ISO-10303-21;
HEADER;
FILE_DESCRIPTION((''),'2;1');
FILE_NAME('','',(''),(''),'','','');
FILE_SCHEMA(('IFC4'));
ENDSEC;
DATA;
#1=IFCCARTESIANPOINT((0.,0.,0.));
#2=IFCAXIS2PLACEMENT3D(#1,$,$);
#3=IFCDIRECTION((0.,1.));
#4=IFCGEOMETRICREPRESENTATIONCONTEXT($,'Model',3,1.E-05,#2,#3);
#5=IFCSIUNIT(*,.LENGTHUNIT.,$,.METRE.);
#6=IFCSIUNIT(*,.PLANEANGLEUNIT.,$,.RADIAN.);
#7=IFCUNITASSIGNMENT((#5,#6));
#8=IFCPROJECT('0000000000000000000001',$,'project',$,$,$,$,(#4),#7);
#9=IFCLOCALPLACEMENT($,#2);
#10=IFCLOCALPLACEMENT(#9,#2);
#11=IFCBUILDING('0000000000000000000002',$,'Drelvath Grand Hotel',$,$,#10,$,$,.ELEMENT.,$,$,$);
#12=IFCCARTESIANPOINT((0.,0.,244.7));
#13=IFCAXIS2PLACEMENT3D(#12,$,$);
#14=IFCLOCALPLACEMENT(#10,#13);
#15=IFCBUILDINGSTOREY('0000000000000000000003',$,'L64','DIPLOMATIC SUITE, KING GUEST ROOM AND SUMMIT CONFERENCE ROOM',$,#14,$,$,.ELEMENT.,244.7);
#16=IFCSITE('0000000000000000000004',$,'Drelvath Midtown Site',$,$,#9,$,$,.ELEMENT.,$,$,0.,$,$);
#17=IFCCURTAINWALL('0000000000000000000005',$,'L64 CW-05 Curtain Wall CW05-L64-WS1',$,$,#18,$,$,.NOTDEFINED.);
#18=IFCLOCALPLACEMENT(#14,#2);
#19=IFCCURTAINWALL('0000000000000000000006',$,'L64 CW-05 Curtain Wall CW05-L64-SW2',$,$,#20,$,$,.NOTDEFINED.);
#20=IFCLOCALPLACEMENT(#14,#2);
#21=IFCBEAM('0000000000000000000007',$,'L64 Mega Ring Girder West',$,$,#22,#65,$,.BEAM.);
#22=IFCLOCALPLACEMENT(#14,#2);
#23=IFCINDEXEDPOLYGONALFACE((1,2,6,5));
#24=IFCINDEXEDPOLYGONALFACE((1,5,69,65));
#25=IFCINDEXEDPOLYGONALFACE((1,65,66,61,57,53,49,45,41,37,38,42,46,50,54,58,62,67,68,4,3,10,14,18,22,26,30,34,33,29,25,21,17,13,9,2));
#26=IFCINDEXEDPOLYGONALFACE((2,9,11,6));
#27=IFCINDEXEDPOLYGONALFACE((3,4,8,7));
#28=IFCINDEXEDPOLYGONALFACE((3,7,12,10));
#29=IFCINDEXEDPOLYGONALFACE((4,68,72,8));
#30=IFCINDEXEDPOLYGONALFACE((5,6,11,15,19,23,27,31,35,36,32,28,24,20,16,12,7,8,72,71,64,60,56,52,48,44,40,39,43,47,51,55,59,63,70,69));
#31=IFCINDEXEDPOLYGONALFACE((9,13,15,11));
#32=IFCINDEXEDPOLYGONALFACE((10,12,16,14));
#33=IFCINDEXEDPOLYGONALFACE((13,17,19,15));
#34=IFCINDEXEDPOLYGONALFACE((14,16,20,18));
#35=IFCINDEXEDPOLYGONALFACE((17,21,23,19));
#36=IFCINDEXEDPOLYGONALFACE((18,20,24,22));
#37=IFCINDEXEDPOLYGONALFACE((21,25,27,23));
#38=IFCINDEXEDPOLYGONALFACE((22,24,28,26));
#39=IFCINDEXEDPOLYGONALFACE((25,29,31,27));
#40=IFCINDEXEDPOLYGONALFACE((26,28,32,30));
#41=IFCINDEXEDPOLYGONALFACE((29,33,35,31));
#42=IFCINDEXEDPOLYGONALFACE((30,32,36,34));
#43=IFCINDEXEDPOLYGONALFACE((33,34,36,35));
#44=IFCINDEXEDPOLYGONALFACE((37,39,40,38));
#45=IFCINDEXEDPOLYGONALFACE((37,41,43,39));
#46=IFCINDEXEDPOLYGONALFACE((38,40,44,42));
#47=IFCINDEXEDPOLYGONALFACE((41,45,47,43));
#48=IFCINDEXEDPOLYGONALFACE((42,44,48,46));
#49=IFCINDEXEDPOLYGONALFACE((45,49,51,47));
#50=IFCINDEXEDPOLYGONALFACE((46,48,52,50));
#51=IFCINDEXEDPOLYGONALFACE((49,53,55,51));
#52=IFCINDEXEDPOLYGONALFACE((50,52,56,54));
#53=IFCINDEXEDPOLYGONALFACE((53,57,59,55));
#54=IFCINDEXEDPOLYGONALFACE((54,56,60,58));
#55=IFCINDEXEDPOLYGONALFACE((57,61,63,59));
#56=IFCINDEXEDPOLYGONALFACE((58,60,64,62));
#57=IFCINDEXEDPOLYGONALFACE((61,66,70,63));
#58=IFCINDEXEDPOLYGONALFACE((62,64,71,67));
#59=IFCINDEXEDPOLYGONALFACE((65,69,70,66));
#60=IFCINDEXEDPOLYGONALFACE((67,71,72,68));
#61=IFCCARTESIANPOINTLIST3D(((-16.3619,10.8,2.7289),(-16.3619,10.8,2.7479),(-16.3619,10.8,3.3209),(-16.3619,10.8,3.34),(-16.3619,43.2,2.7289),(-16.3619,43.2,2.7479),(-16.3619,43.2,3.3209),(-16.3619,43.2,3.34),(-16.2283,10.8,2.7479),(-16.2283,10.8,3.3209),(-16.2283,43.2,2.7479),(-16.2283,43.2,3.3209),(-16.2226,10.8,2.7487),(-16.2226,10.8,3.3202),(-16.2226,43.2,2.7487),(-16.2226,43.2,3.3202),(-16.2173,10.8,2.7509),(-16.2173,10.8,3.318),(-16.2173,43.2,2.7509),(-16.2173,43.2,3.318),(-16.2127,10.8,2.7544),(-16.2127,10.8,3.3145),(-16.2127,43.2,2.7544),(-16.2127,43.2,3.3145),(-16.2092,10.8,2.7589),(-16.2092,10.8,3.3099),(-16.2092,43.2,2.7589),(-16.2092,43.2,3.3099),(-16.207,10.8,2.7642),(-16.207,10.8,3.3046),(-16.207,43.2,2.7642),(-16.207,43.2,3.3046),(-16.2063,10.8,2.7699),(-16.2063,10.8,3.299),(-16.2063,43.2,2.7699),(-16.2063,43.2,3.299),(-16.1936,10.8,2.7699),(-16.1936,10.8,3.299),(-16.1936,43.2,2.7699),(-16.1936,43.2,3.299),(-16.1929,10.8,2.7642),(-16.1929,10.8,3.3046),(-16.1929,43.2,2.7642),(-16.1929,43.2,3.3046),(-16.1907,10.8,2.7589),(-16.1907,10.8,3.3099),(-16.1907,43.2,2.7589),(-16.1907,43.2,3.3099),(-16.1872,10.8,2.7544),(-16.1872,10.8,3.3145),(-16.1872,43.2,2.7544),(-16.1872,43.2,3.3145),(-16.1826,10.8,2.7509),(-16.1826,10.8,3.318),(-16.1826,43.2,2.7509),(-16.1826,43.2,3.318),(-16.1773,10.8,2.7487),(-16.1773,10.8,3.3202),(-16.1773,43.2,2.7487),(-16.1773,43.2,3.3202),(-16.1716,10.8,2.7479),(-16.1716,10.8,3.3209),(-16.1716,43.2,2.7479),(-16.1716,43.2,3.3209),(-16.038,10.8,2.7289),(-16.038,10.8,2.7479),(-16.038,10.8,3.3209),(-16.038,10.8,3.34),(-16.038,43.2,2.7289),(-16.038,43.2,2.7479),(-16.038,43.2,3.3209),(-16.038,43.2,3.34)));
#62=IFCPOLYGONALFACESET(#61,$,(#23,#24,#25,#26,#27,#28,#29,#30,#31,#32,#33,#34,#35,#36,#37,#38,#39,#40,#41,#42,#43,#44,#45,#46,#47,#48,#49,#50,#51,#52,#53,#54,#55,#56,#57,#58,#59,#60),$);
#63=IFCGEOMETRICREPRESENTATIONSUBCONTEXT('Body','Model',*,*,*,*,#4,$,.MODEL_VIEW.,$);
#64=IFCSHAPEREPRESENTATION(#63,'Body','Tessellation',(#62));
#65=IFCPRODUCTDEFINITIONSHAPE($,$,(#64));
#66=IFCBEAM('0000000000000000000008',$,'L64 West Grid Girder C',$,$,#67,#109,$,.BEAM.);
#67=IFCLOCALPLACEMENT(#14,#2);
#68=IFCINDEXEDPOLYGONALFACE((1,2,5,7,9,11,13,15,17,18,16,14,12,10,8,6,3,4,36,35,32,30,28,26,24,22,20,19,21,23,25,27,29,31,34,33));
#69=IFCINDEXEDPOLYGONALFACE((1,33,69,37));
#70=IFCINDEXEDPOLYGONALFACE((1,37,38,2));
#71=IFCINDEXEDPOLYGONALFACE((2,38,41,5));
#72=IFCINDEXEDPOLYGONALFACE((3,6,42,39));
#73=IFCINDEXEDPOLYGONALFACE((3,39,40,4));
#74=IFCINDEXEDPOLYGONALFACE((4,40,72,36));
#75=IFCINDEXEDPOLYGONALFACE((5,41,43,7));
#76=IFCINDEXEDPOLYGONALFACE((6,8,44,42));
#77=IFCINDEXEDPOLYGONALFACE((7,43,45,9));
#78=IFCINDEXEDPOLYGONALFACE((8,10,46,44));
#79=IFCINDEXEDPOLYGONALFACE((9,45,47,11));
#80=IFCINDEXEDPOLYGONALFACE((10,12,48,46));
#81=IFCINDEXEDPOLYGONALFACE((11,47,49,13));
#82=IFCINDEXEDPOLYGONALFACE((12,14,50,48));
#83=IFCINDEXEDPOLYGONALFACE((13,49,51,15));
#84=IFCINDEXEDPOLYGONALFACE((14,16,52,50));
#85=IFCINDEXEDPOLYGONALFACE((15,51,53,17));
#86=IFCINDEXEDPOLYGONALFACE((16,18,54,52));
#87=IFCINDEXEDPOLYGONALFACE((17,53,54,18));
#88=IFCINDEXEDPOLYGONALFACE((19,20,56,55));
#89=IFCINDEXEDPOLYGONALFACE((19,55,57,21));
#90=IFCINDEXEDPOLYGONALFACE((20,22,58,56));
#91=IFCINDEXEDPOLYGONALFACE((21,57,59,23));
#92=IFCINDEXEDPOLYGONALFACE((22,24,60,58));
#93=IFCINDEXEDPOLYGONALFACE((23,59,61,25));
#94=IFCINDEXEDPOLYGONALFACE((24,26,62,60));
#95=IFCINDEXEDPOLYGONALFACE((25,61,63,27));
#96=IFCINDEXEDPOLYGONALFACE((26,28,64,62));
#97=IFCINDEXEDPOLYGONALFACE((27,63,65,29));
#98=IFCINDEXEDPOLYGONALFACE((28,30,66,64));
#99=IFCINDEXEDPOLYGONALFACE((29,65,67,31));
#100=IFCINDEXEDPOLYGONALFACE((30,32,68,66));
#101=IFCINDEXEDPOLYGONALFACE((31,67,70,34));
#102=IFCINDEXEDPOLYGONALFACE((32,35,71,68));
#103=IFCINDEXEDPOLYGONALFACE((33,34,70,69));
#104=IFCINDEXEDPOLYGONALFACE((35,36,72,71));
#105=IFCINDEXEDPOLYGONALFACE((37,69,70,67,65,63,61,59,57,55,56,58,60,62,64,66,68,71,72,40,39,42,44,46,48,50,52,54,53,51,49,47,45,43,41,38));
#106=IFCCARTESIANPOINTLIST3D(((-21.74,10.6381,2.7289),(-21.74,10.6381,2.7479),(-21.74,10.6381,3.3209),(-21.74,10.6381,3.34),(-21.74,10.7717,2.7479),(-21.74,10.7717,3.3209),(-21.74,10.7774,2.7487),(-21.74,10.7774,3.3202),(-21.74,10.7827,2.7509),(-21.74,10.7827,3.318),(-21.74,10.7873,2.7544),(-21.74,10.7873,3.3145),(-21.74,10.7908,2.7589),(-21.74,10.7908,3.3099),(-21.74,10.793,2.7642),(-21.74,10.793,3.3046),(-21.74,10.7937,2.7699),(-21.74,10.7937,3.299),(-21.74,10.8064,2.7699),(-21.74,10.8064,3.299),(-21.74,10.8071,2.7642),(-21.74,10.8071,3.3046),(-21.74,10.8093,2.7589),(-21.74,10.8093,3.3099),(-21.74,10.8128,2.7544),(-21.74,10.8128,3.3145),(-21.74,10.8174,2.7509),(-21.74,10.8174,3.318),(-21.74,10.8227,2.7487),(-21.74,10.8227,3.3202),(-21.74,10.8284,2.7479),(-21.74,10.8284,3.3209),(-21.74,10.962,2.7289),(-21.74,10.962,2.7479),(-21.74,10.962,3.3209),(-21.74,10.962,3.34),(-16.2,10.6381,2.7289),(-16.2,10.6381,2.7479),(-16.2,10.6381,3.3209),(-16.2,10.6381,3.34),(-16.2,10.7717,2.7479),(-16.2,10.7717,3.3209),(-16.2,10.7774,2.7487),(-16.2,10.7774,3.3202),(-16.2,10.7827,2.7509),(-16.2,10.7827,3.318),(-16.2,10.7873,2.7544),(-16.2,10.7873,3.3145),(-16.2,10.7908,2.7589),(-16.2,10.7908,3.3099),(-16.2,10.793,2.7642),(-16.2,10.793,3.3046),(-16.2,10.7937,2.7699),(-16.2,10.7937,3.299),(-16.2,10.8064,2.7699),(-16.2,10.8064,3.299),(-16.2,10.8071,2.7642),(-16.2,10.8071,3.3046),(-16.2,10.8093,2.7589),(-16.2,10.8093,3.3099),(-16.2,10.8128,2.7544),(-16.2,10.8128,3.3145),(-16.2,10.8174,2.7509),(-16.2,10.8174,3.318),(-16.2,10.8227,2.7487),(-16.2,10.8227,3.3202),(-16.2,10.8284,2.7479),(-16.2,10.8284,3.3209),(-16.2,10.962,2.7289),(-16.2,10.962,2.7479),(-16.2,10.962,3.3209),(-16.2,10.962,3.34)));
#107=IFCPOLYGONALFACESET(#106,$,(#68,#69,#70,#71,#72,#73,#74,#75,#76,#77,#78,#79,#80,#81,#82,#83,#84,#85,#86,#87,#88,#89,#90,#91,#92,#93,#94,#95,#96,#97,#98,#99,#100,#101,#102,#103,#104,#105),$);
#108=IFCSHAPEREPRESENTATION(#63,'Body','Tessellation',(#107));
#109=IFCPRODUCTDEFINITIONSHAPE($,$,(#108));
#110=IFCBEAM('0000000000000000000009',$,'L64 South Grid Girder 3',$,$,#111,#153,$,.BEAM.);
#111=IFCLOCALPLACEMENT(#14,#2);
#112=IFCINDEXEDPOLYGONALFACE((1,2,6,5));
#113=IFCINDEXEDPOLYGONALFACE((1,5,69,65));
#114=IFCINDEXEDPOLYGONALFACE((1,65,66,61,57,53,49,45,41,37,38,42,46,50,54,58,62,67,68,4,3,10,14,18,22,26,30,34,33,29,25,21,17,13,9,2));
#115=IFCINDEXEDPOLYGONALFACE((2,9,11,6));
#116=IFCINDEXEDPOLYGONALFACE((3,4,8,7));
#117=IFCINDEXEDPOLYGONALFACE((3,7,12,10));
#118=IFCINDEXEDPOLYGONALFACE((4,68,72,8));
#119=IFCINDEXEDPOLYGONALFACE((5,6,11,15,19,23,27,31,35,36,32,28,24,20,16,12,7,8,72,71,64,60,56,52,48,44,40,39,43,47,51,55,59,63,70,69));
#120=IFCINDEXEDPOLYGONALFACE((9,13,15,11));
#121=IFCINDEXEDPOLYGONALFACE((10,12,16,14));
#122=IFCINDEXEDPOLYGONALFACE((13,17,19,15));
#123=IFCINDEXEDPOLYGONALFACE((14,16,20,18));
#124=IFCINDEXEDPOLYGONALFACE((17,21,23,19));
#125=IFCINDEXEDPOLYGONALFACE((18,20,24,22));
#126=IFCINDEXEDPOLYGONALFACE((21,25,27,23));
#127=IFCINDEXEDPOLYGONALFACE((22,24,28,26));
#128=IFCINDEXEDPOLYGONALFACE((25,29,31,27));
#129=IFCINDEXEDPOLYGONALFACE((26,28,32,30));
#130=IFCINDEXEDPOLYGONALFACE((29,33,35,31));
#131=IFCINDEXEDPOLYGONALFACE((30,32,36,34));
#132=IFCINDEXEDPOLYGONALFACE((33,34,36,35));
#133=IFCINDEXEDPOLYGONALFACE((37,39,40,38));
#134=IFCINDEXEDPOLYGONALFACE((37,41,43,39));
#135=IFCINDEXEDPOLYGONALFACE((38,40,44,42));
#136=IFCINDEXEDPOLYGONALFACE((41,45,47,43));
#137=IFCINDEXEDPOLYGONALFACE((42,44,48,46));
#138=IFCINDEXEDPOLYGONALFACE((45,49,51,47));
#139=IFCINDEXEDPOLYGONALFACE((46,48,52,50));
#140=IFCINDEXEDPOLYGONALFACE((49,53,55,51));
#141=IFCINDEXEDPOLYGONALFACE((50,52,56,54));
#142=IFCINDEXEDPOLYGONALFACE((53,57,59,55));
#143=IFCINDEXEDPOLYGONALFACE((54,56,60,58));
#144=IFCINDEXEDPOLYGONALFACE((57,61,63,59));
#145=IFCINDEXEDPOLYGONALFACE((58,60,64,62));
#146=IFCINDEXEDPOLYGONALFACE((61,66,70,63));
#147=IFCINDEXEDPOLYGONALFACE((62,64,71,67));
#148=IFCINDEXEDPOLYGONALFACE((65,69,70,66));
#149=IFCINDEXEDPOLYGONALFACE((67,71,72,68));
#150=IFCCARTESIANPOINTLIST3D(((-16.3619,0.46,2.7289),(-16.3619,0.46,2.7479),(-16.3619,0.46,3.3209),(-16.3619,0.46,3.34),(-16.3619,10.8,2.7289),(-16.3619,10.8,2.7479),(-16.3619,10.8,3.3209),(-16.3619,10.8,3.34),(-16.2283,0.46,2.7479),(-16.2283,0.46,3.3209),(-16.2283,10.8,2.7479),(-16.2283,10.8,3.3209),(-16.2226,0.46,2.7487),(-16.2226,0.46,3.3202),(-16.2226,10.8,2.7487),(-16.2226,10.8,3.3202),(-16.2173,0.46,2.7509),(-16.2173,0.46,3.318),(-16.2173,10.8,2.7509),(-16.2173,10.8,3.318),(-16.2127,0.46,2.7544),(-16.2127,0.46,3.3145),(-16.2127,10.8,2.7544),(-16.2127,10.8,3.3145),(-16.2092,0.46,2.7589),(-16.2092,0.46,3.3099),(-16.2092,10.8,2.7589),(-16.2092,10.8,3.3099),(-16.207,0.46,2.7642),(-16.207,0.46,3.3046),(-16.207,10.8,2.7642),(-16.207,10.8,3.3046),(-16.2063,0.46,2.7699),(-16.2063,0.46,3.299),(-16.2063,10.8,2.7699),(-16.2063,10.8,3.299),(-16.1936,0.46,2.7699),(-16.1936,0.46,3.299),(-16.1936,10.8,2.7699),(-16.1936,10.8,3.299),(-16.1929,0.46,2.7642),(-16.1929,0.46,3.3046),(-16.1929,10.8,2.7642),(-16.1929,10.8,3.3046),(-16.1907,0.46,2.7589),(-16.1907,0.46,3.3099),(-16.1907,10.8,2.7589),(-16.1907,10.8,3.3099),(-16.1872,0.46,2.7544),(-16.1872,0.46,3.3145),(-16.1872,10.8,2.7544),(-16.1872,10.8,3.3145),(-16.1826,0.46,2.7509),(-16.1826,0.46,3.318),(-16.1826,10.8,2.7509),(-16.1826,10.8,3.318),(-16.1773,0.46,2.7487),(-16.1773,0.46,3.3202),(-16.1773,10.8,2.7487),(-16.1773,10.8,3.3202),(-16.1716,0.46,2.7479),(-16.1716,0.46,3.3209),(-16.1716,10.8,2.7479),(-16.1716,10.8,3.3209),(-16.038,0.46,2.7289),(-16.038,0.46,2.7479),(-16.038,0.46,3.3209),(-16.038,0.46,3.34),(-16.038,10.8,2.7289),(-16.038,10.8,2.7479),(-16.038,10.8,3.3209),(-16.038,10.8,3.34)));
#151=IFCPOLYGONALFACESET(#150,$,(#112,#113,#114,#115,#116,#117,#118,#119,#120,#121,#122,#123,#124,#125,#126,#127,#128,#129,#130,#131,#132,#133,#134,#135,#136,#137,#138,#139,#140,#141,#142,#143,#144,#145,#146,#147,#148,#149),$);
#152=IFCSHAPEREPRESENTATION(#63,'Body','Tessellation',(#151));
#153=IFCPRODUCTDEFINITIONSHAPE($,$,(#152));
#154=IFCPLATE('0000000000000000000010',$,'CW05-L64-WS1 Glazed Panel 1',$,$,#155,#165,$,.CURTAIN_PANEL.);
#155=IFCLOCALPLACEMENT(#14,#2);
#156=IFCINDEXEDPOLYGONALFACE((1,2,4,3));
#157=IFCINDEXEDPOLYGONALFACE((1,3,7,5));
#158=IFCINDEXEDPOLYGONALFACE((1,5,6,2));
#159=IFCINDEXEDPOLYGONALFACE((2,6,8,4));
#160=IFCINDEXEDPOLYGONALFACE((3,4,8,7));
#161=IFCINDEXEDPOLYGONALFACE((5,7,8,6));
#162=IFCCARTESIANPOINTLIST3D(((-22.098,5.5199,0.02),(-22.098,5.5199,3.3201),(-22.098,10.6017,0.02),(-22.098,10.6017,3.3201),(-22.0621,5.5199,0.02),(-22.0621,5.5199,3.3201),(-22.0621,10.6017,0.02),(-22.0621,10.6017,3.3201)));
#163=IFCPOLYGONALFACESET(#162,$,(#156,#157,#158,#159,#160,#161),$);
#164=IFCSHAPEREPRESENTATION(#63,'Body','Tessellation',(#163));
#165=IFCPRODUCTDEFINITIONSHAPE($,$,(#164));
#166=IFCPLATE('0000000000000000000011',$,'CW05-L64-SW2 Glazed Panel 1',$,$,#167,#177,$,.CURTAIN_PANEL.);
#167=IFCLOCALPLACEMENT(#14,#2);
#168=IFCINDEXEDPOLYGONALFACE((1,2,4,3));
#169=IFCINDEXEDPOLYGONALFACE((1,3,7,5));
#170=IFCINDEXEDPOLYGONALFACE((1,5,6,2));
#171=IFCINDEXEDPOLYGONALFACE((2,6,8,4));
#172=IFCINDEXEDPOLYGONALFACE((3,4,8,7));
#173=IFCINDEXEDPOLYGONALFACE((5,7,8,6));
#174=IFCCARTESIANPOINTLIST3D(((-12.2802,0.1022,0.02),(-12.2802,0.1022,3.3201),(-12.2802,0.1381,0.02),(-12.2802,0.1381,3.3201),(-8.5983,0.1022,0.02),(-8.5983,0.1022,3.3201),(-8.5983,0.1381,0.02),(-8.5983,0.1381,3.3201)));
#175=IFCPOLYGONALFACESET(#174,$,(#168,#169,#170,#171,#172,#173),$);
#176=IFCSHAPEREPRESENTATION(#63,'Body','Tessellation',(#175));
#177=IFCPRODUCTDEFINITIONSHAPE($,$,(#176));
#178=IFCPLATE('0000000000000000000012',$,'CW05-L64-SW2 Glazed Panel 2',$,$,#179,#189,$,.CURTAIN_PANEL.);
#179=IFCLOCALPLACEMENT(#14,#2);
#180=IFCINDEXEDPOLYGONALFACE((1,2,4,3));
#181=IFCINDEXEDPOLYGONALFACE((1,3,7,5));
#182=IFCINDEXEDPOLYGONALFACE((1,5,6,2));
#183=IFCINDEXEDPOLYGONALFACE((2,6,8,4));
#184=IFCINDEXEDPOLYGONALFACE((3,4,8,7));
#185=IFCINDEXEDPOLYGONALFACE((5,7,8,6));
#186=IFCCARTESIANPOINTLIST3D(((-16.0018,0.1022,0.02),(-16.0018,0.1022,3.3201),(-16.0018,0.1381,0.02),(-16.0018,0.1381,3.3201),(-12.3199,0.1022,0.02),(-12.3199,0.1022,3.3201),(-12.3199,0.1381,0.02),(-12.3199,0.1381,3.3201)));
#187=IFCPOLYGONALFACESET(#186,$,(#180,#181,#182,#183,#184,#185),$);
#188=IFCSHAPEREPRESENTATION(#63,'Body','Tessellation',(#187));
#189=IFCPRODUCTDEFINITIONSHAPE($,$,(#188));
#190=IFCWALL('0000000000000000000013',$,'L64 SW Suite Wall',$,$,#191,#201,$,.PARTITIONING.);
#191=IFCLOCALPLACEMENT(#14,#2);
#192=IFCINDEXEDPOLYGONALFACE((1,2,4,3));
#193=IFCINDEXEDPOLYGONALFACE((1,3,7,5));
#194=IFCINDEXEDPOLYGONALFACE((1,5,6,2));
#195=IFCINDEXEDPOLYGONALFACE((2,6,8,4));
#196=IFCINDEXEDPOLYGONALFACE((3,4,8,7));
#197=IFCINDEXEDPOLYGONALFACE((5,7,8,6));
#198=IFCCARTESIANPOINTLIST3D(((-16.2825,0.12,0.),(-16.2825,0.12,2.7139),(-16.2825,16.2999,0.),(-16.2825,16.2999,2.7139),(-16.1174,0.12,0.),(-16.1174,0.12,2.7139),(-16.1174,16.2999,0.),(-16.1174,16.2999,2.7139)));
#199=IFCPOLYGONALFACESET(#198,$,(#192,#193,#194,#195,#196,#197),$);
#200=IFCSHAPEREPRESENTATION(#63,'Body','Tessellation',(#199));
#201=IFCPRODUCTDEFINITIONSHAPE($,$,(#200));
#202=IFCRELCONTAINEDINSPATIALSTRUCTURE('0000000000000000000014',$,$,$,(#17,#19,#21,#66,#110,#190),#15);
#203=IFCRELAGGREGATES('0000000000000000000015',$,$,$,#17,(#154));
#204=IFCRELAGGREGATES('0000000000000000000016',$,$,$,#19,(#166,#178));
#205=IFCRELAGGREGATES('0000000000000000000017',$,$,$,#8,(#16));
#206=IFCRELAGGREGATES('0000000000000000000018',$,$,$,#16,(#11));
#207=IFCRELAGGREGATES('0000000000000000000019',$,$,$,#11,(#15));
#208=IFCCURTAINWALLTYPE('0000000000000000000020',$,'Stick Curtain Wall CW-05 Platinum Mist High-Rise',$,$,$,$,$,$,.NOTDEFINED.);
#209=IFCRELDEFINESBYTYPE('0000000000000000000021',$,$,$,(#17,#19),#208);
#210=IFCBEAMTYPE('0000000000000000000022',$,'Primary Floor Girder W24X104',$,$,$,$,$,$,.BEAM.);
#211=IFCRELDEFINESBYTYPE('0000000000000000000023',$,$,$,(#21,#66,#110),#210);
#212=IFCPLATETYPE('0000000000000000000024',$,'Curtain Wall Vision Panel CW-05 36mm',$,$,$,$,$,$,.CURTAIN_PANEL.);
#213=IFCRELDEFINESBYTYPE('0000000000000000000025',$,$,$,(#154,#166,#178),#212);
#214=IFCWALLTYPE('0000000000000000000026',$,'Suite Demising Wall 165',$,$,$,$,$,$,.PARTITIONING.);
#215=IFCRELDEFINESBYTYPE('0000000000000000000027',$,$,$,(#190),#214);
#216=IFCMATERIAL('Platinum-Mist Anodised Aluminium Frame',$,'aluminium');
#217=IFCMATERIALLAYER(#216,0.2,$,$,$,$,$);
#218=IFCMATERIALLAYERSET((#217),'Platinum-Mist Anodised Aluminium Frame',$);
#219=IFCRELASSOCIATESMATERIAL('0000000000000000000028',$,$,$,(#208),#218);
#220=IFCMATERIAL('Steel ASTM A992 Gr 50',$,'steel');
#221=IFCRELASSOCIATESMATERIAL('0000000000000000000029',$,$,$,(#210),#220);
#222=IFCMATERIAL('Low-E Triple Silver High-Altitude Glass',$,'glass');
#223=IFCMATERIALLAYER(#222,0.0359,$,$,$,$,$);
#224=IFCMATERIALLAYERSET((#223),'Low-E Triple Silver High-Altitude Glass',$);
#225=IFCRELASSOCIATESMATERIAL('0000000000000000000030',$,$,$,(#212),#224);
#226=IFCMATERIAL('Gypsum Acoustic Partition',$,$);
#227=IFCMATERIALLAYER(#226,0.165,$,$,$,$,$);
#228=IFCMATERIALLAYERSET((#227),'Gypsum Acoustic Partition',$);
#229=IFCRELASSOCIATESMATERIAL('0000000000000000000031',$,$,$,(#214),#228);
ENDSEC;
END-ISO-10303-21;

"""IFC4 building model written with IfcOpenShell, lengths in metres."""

from ifc_helpers import new_model, si_unit, direction, frame, frame_2d, origin, origin_2d, place, context, subcontext, project, spatial, rectangle, i_section, extrude, material, layer, layer_set, material_profile, profile_set, type_object, element, aggregate, save


model = new_model("IFC4")

# Units and contexts
model_context = context("Model", 3, precision=1e-05, world=origin(), true_north=direction((0.0, 1.0)))
body_context = subcontext(model_context, "Body", "Model", "MODEL_VIEW")
ifc_project = project(units=[si_unit("LENGTHUNIT", "METRE"), si_unit("PLANEANGLEUNIT", "RADIAN")], contexts=[model_context])

# Site, building, storey
site_placement = place(None, origin())
site = spatial("IfcSite", under=ifc_project, at=site_placement, Name="Drelvath Midtown Site", CompositionType="ELEMENT", RefElevation=0.0)
building_placement = place(site_placement, origin())
building = spatial("IfcBuilding", under=site, at=building_placement, Name="Drelvath Grand Hotel", CompositionType="ELEMENT")
storey_placement = place(building_placement, frame((0.0, 0.0, 244.7)))
storey = spatial("IfcBuildingStorey", under=building, at=storey_placement, Name="L64", Description="DIPLOMATIC SUITE, KING GUEST ROOM AND SUMMIT CONFERENCE ROOM", CompositionType="ELEMENT", Elevation=244.7)

# Shared definitions
ifc_material_1 = material(Name="Steel ASTM A992 Gr 50", Category="steel")

# Curtain walls
ifc_material_2 = material(Name="Platinum-Mist Anodised Aluminium Frame", Category="aluminium")
ifc_layer_1 = layer(ifc_material_2, 0.2)
ifc_layer_set_1 = layer_set([ifc_layer_1], Name="Platinum-Mist Anodised Aluminium Frame")
curtain_wall_type = type_object("IfcCurtainWallType", Name="Stick Curtain Wall CW-05 Platinum Mist High-Rise", PredefinedType="NOTDEFINED", material=ifc_layer_set_1)
curtain_wall_1_placement = place(storey_placement, origin())
curtain_wall_1 = element("IfcCurtainWall", 1, at=curtain_wall_1_placement, inside=storey, type_object=curtain_wall_type, Name="L64 CW-05 Curtain Wall CW05-L64-WS1", PredefinedType="NOTDEFINED")
curtain_wall_2_placement = place(storey_placement, origin())
curtain_wall_2 = element("IfcCurtainWall", 2, at=curtain_wall_2_placement, inside=storey, type_object=curtain_wall_type, Name="L64 CW-05 Curtain Wall CW05-L64-SW2", PredefinedType="NOTDEFINED")

# Beams
ifc_material_profile_1 = material_profile(ifc_material_1, i_section(OverallWidth=0.324, OverallDepth=0.6111, WebThickness=0.0127, FlangeThickness=0.019, FilletRadius=0.022, at=origin_2d()), Name="W24X104")
ifc_profile_set_1 = profile_set([ifc_material_profile_1], Name="Steel ASTM A992 Gr 50")
beam_type_1 = type_object("IfcBeamType", Name="Primary Floor Girder W24X104", PredefinedType="BEAM", material=ifc_profile_set_1)
for number, where, z_axis, x_axis, name in (
    (3, (-16.2, 10.8, 3.0344), (0.0, 1.0, 0.0), (-1.0, 0.0, 0.0), "L64 Mega Ring Girder West"),
):
    element("IfcBeam", number, at=place(storey_placement, frame(where, z_axis=z_axis, x_axis=x_axis)), inside=storey, type_object=beam_type_1, Name=name, PredefinedType="BEAM", context=body_context, shape_type="SweptSolid", body=[
        extrude(i_section(OverallWidth=0.324, OverallDepth=0.6111, WebThickness=0.0127, FlangeThickness=0.019, FilletRadius=0.022, at=origin_2d()), origin(), (0.0, 0.0, 1.0), 32.3999),
    ])
beam_1_placement = place(storey_placement, frame((-21.74, 10.8, 3.0344), z_axis=(1.0, 0.0, 0.0), x_axis=(0.0, 1.0, 0.0)))
element("IfcBeam", 4, at=beam_1_placement, inside=storey, type_object=beam_type_1, Name="L64 West Grid Girder C", PredefinedType="BEAM", context=body_context, shape_type="SweptSolid", body=[
    extrude(i_section(OverallWidth=0.324, OverallDepth=0.6111, WebThickness=0.0127, FlangeThickness=0.019, FilletRadius=0.022, at=origin_2d()), origin(), (0.0, 0.0, 1.0), 5.54),
])
beam_2_placement = place(storey_placement, frame((-16.2, 0.46, 3.0344), z_axis=(0.0, 1.0, 0.0), x_axis=(-1.0, 0.0, 0.0)))
element("IfcBeam", 5, at=beam_2_placement, inside=storey, type_object=beam_type_1, Name="L64 South Grid Girder 3", PredefinedType="BEAM", context=body_context, shape_type="SweptSolid", body=[
    extrude(i_section(OverallWidth=0.324, OverallDepth=0.6111, WebThickness=0.0127, FlangeThickness=0.019, FilletRadius=0.022, at=origin_2d()), origin(), (0.0, 0.0, 1.0), 10.3401),
])

# Plates
ifc_material_3 = material(Name="Low-E Triple Silver High-Altitude Glass", Category="glass")
ifc_layer_2 = layer(ifc_material_3, 0.0359)
ifc_layer_set_2 = layer_set([ifc_layer_2], Name="Low-E Triple Silver High-Altitude Glass")
plate_type = type_object("IfcPlateType", Name="Curtain Wall Vision Panel CW-05 36mm", PredefinedType="CURTAIN_PANEL", material=ifc_layer_set_2)
plate_1_placement = place(storey_placement, frame((-22.0801, 8.0608, 0.02), z_axis=(0.0, 0.0, 1.0), x_axis=(0.0, 1.0, 0.0)))
plate_1 = element("IfcPlate", 6, at=plate_1_placement, type_object=plate_type, Name="CW05-L64-WS1 Glazed Panel 1", PredefinedType="CURTAIN_PANEL", context=body_context, shape_type="SweptSolid", body=[
    extrude(rectangle(XDim=5.0818, YDim=0.0359, at=origin_2d()), origin(), (0.0, 0.0, 1.0), 3.3),
])
aggregate(curtain_wall_1, [plate_1])
plate_2_placement = place(storey_placement, frame((-10.4392, 0.1201, 0.02), z_axis=(0.0, 0.0, 1.0), x_axis=(-1.0, 0.0, 0.0)))
plate_2 = element("IfcPlate", 7, at=plate_2_placement, type_object=plate_type, Name="CW05-L64-SW2 Glazed Panel 1", PredefinedType="CURTAIN_PANEL", context=body_context, shape_type="SweptSolid", body=[
    extrude(rectangle(XDim=3.6819, YDim=0.0359, at=origin_2d()), origin(), (0.0, 0.0, 1.0), 3.3),
])
plate_3_placement = place(storey_placement, frame((-14.1609, 0.1201, 0.02), z_axis=(0.0, 0.0, 1.0), x_axis=(-1.0, 0.0, 0.0)))
plate_3 = element("IfcPlate", 8, at=plate_3_placement, type_object=plate_type, Name="CW05-L64-SW2 Glazed Panel 2", PredefinedType="CURTAIN_PANEL", context=body_context, shape_type="SweptSolid", body=[
    extrude(rectangle(XDim=3.6819, YDim=0.0359, at=origin_2d()), origin(), (0.0, 0.0, 1.0), 3.3),
])
aggregate(curtain_wall_2, [plate_2, plate_3])

# Wall
ifc_material_4 = material(Name="Gypsum Acoustic Partition")
ifc_layer_3 = layer(ifc_material_4, 0.165)
ifc_layer_set_3 = layer_set([ifc_layer_3], Name="Gypsum Acoustic Partition")
wall_type_1 = type_object("IfcWallType", Name="Suite Demising Wall 165", PredefinedType="PARTITIONING", material=ifc_layer_set_3)
wall_1_placement = place(storey_placement, frame((-16.2, 0.1201, 0.0), z_axis=(0.0, 0.0, 1.0), x_axis=(0.0, 1.0, 0.0)))
element("IfcWall", 9, at=wall_1_placement, inside=storey, type_object=wall_type_1, Name="L64 SW Suite Wall", PredefinedType="PARTITIONING", context=body_context, shape_type="SweptSolid", body=[
    extrude(rectangle(XDim=16.1799, YDim=0.165, at=frame_2d((8.0898, 0.0))), origin(), (0.0, 0.0, 1.0), 2.7139),
])

save(model, "model.ifc")
